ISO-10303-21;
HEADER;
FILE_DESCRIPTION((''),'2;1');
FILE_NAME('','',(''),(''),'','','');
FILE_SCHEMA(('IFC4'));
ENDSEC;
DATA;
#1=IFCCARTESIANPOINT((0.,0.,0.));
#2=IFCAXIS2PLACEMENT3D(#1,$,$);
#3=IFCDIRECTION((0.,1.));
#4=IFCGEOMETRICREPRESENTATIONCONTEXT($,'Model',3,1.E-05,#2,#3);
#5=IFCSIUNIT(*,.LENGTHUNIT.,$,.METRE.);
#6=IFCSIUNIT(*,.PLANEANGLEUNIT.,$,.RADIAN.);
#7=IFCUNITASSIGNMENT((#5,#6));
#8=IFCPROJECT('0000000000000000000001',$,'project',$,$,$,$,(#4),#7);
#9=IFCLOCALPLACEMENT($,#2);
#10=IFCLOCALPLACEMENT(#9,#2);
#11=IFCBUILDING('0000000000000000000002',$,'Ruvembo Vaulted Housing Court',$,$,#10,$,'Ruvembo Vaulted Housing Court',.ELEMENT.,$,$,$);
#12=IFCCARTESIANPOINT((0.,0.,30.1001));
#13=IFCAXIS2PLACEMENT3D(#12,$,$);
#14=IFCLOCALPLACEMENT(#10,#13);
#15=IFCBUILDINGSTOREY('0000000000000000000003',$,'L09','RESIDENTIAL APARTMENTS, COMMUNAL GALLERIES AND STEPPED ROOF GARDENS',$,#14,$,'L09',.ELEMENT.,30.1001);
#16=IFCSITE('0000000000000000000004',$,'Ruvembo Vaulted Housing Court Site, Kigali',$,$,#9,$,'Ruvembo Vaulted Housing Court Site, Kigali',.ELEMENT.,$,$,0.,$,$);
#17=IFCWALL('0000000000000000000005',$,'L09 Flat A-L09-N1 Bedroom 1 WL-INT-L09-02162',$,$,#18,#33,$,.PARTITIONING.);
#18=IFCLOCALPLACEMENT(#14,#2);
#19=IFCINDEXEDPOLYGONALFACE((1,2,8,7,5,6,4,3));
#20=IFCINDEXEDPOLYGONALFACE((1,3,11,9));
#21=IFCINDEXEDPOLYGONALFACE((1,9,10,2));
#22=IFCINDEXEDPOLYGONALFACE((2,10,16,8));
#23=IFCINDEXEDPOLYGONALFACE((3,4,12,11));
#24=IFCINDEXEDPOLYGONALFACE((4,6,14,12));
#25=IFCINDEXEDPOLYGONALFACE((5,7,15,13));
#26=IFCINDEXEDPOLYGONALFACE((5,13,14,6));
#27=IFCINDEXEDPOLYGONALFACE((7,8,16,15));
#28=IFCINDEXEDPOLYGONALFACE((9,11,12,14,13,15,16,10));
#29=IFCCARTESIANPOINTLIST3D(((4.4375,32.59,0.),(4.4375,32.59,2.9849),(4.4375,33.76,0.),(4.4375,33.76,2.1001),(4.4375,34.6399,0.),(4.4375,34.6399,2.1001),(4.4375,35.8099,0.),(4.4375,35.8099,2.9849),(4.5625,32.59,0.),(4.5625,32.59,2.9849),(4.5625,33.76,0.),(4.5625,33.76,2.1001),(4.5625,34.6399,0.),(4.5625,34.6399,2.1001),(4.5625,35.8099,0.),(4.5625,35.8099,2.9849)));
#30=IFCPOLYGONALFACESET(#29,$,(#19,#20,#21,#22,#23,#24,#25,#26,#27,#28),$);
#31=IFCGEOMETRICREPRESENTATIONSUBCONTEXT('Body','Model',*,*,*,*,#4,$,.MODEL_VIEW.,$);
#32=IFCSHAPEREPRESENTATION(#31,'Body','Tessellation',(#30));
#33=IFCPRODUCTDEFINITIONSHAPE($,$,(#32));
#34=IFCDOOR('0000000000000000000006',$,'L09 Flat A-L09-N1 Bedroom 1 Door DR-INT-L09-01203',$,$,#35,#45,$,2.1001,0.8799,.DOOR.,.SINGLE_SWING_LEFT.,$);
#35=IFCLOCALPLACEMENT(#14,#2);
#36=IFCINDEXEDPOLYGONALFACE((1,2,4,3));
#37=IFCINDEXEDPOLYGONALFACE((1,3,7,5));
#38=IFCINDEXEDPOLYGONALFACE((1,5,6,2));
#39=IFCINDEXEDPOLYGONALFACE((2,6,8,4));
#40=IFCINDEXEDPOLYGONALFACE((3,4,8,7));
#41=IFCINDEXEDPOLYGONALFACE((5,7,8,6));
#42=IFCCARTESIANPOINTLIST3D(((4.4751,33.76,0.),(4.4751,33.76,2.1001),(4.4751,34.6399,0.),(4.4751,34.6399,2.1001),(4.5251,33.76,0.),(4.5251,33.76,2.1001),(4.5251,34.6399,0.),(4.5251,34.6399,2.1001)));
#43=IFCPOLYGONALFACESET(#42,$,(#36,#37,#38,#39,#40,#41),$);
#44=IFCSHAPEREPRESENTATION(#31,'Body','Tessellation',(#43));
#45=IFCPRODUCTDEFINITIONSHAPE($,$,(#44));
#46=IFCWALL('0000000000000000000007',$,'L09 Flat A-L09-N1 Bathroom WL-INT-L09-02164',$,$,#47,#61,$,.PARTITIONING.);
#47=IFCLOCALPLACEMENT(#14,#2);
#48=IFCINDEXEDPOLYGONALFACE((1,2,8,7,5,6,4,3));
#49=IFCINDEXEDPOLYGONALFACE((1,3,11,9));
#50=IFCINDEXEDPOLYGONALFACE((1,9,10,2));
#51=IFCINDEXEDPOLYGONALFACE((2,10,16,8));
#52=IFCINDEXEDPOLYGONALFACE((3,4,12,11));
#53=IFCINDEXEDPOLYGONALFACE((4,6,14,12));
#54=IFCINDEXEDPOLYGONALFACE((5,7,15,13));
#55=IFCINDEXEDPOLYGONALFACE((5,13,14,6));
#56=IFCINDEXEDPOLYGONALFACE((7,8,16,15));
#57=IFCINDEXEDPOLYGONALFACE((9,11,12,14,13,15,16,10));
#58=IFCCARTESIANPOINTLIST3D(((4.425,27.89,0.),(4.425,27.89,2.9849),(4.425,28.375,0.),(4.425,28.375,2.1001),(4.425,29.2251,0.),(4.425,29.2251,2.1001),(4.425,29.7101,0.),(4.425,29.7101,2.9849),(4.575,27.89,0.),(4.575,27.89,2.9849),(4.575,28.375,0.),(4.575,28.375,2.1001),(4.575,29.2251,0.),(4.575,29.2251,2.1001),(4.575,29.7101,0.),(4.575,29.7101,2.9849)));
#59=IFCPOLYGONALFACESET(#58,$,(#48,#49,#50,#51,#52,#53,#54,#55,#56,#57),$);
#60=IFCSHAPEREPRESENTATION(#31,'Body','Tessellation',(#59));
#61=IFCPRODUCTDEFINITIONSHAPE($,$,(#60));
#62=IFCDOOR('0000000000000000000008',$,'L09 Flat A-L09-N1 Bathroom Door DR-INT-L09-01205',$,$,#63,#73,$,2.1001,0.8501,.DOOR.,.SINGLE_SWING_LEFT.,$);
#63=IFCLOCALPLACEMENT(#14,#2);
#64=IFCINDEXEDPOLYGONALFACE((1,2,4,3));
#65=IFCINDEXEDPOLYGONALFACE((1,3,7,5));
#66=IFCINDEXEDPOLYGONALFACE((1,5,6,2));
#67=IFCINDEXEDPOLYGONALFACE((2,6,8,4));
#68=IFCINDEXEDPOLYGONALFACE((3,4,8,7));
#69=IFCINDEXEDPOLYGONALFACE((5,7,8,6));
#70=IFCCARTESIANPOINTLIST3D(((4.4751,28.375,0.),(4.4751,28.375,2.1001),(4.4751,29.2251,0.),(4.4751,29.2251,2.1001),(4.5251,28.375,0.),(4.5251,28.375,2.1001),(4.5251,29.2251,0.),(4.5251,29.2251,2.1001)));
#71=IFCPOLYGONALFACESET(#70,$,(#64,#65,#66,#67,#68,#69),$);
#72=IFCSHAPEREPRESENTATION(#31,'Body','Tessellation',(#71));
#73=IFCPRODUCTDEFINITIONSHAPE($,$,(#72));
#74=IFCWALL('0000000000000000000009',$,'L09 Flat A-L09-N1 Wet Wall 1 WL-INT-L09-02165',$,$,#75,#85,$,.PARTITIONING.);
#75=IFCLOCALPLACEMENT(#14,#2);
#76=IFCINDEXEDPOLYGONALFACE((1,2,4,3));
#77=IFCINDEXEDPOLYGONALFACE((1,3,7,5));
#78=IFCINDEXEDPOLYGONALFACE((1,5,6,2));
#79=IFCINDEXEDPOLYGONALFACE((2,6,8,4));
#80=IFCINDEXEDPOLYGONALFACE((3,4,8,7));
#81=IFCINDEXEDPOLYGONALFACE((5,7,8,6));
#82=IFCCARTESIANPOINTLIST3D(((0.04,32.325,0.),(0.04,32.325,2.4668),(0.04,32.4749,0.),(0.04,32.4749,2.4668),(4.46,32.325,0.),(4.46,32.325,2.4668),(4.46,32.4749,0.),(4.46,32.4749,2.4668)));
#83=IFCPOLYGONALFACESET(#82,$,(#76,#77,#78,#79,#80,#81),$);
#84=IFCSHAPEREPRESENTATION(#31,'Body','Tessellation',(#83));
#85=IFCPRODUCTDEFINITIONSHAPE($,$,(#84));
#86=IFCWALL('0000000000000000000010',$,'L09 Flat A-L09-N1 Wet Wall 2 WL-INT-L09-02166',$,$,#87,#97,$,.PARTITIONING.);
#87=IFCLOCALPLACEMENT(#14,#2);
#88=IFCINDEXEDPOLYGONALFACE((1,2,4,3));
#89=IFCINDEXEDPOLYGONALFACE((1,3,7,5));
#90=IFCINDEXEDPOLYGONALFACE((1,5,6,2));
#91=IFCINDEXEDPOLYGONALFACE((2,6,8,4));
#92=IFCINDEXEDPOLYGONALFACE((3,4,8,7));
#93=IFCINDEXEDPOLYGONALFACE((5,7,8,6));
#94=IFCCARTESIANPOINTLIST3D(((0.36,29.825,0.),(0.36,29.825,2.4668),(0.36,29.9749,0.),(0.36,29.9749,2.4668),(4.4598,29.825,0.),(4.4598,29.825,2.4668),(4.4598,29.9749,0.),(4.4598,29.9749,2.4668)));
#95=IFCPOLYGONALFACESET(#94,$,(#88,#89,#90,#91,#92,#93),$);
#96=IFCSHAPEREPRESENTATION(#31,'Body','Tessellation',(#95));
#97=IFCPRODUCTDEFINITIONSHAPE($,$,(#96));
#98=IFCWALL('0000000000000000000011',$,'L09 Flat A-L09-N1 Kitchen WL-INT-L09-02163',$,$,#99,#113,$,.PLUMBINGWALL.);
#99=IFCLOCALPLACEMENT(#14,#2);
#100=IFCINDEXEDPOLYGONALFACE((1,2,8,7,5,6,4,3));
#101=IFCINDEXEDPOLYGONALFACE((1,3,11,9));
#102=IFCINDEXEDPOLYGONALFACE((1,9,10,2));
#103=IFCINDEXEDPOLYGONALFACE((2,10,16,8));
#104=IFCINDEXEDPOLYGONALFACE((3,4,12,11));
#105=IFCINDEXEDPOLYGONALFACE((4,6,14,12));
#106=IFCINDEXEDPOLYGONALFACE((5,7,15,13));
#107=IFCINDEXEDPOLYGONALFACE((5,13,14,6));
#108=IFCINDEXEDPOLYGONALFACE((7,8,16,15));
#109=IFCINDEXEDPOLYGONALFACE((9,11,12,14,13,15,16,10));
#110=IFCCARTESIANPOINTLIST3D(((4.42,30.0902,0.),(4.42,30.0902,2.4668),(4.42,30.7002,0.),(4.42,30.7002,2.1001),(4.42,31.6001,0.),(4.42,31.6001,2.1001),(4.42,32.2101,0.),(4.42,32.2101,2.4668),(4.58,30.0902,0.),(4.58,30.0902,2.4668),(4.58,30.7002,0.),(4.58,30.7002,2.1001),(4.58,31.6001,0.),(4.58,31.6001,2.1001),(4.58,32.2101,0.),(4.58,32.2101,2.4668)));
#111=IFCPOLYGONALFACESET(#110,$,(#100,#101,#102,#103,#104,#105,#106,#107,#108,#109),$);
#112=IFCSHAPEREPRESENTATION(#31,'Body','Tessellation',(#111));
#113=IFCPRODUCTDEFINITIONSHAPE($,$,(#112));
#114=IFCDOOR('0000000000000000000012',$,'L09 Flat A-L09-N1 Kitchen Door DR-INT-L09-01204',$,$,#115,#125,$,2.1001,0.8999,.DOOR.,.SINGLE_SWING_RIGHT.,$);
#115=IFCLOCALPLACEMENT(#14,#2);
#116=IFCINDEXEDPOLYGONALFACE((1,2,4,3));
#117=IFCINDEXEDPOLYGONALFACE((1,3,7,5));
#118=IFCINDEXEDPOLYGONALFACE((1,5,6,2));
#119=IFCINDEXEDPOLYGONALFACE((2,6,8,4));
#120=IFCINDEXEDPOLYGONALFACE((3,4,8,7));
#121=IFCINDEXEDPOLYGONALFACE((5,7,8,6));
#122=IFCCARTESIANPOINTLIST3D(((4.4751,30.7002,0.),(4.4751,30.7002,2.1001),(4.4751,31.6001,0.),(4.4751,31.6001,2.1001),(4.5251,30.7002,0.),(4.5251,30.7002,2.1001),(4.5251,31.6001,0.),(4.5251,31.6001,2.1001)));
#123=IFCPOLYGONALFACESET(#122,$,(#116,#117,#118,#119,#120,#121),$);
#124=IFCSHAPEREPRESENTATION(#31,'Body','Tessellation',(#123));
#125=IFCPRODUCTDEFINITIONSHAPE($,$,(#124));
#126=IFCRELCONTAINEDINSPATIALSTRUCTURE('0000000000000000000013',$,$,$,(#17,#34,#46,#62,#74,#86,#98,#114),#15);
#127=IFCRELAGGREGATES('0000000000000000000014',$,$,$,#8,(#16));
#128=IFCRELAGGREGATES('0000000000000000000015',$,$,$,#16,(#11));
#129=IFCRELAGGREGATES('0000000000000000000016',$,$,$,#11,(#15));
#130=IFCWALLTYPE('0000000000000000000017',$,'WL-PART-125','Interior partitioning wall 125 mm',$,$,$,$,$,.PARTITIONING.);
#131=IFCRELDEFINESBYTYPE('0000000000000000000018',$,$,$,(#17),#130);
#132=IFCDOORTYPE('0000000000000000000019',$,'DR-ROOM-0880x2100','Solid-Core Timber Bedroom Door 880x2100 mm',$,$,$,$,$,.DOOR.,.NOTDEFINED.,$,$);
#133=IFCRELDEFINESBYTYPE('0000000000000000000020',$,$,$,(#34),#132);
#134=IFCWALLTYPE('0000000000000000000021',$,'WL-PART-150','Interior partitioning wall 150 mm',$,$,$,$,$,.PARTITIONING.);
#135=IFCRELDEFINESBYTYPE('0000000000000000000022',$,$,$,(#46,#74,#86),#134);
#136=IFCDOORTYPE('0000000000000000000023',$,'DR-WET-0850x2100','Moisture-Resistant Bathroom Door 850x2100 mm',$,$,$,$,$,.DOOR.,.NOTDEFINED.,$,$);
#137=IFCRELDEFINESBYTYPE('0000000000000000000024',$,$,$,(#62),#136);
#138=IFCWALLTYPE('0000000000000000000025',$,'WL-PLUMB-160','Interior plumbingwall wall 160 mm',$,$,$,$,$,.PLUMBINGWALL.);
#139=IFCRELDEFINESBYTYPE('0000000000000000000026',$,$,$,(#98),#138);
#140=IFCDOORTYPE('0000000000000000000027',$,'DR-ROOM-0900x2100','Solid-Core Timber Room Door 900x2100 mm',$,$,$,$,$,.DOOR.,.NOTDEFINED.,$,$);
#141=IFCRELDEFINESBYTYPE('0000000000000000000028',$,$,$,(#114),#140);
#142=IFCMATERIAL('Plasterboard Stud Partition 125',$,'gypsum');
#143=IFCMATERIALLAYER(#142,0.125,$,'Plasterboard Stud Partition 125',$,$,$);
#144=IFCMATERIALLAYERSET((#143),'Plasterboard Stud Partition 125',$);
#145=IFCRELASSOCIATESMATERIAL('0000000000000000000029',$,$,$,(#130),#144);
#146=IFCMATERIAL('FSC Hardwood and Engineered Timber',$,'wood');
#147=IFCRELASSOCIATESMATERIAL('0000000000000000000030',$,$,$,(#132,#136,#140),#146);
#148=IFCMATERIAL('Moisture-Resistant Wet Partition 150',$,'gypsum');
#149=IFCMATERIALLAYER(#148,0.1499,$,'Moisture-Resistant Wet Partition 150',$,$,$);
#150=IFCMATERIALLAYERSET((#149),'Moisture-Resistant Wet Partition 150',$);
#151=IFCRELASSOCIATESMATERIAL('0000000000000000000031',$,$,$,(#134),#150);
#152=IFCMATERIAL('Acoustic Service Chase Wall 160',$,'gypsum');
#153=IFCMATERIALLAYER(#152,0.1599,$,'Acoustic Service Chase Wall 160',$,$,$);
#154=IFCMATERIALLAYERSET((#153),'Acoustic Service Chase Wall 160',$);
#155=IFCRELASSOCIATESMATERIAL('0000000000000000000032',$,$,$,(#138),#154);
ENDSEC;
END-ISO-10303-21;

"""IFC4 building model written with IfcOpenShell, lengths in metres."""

from ifc_helpers import new_model, si_unit, direction, frame, frame_2d, origin, place, context, subcontext, project, spatial, rectangle, extrude, material, layer, layer_set, type_object, element, fill, save


model = new_model("IFC4")

# Units and contexts
model_context = context("Model", 3, precision=1e-05, world=origin(), true_north=direction((0.0, 1.0)))
body_context = subcontext(model_context, "Body", "Model", "MODEL_VIEW")
ifc_project = project(units=[si_unit("LENGTHUNIT", "METRE"), si_unit("PLANEANGLEUNIT", "RADIAN")], contexts=[model_context])

# Site, building, storey
site_placement = place(None, origin())
site = spatial("IfcSite", under=ifc_project, at=site_placement, Name="Ruvembo Vaulted Housing Court Site, Kigali", LongName="Ruvembo Vaulted Housing Court Site, Kigali", CompositionType="ELEMENT", RefElevation=0.0)
building_placement = place(site_placement, origin())
building = spatial("IfcBuilding", under=site, at=building_placement, Name="Ruvembo Vaulted Housing Court", LongName="Ruvembo Vaulted Housing Court", CompositionType="ELEMENT")
storey_placement = place(building_placement, frame((0.0, 0.0, 30.1001)))
storey = spatial("IfcBuildingStorey", under=building, at=storey_placement, Name="L09", Description="RESIDENTIAL APARTMENTS, COMMUNAL GALLERIES AND STEPPED ROOF GARDENS", LongName="L09", CompositionType="ELEMENT", Elevation=30.1001)

# Walls, openings, doors
ifc_material_1 = material(Name="Plasterboard Stud Partition 125", Category="gypsum")
ifc_layer_1 = layer(ifc_material_1, 0.125, Name="Plasterboard Stud Partition 125")
ifc_layer_set_1 = layer_set([ifc_layer_1], Name="Plasterboard Stud Partition 125")
wall_type_1 = type_object("IfcWallType", Name="WL-PART-125", Description="Interior partitioning wall 125 mm", PredefinedType="PARTITIONING", material=ifc_layer_set_1)
wall_1_placement = place(storey_placement, frame((4.5, 32.5901, 0.0), z_axis=(0.0, 0.0, 1.0), x_axis=(0.0, 1.0, 0.0)))
wall_1 = element("IfcWall", 1, at=wall_1_placement, inside=storey, type_object=wall_type_1, Name="L09 Flat A-L09-N1 Bedroom 1 WL-INT-L09-02162", PredefinedType="PARTITIONING", context=body_context, shape_type="SweptSolid", body=[
    extrude(rectangle(XDim=3.22, YDim=0.125, at=frame_2d((1.6099, 0.0))), origin(), (0.0, 0.0, 1.0), 2.9849),
])
opening_1_placement = place(wall_1_placement, frame((1.1699, 0.0, 0.0)))
opening_1 = element("IfcOpeningElement", 2, at=opening_1_placement, cuts=wall_1, PredefinedType="OPENING", context=body_context, shape_type="SweptSolid", body=[
    extrude(rectangle(XDim=0.8799, YDim=2.1001, at=frame_2d((0.4399, 1.05))), frame((0.0, 0.0725, 0.0), z_axis=(0.0, -1.0, 0.0), x_axis=(1.0, 0.0, 0.0)), (0.0, 0.0, 1.0), 0.145),
])
ifc_material_2 = material(Name="FSC Hardwood and Engineered Timber", Category="wood")
door_type_1 = type_object("IfcDoorType", Name="DR-ROOM-0880x2100", Description="Solid-Core Timber Bedroom Door 880x2100 mm", OperationType="NOTDEFINED", PredefinedType="DOOR", material=ifc_material_2)
door_1_placement = place(opening_1_placement, origin())
door_1 = element("IfcDoor", 3, at=door_1_placement, inside=storey, type_object=door_type_1, Name="L09 Flat A-L09-N1 Bedroom 1 Door DR-INT-L09-01203", OperationType="SINGLE_SWING_LEFT", OverallHeight=2.1001, OverallWidth=0.8799, PredefinedType="DOOR", context=body_context, shape_type="SweptSolid", body=[
    extrude(rectangle(XDim=0.8799, YDim=2.1001, at=frame_2d((0.4399, 1.05))), frame((0.0, 0.0249, 0.0), z_axis=(0.0, -1.0, 0.0), x_axis=(1.0, 0.0, 0.0)), (0.0, 0.0, 1.0), 0.05),
])
fill(opening_1, door_1)
ifc_material_3 = material(Name="Moisture-Resistant Wet Partition 150", Category="gypsum")
ifc_layer_2 = layer(ifc_material_3, 0.1499, Name="Moisture-Resistant Wet Partition 150")
ifc_layer_set_2 = layer_set([ifc_layer_2], Name="Moisture-Resistant Wet Partition 150")
wall_type_2 = type_object("IfcWallType", Name="WL-PART-150", Description="Interior partitioning wall 150 mm", PredefinedType="PARTITIONING", material=ifc_layer_set_2)
wall_2_placement = place(storey_placement, frame((4.5, 27.8899, 0.0), z_axis=(0.0, 0.0, 1.0), x_axis=(0.0, 1.0, 0.0)))
wall_2 = element("IfcWall", 4, at=wall_2_placement, inside=storey, type_object=wall_type_2, Name="L09 Flat A-L09-N1 Bathroom WL-INT-L09-02164", PredefinedType="PARTITIONING", context=body_context, shape_type="SweptSolid", body=[
    extrude(rectangle(XDim=1.8201, YDim=0.1499, at=frame_2d((0.9102, 0.0))), origin(), (0.0, 0.0, 1.0), 2.9849),
])
opening_2_placement = place(wall_2_placement, frame((0.4851, 0.0, 0.0)))
opening_2 = element("IfcOpeningElement", 5, at=opening_2_placement, cuts=wall_2, PredefinedType="OPENING", context=body_context, shape_type="SweptSolid", body=[
    extrude(rectangle(XDim=0.8501, YDim=2.1001, at=frame_2d((0.425, 1.05))), frame((0.0, 0.085, 0.0), z_axis=(0.0, -1.0, 0.0), x_axis=(1.0, 0.0, 0.0)), (0.0, 0.0, 1.0), 0.1699),
])
door_type_2 = type_object("IfcDoorType", Name="DR-WET-0850x2100", Description="Moisture-Resistant Bathroom Door 850x2100 mm", OperationType="NOTDEFINED", PredefinedType="DOOR", material=ifc_material_2)
door_2_placement = place(opening_2_placement, origin())
door_2 = element("IfcDoor", 6, at=door_2_placement, inside=storey, type_object=door_type_2, Name="L09 Flat A-L09-N1 Bathroom Door DR-INT-L09-01205", OperationType="SINGLE_SWING_LEFT", OverallHeight=2.1001, OverallWidth=0.8501, PredefinedType="DOOR", context=body_context, shape_type="SweptSolid", body=[
    extrude(rectangle(XDim=0.8501, YDim=2.1001, at=frame_2d((0.425, 1.05))), frame((0.0, 0.0249, 0.0), z_axis=(0.0, -1.0, 0.0), x_axis=(1.0, 0.0, 0.0)), (0.0, 0.0, 1.0), 0.05),
])
fill(opening_2, door_2)

# Walls
wall_3_placement = place(storey_placement, frame((0.04, 32.3999, 0.0), z_axis=(0.0, 0.0, 1.0), x_axis=(1.0, 0.0, 0.0)))
element("IfcWall", 7, at=wall_3_placement, inside=storey, type_object=wall_type_2, Name="L09 Flat A-L09-N1 Wet Wall 1 WL-INT-L09-02165", PredefinedType="PARTITIONING", context=body_context, shape_type="SweptSolid", body=[
    extrude(rectangle(XDim=4.4199, YDim=0.1499, at=frame_2d((2.21, 0.0))), origin(), (0.0, 0.0, 1.0), 2.4668),
])
wall_4_placement = place(storey_placement, frame((0.3601, 29.8999, 0.0), z_axis=(0.0, 0.0, 1.0), x_axis=(1.0, 0.0, 0.0)))
element("IfcWall", 8, at=wall_4_placement, inside=storey, type_object=wall_type_2, Name="L09 Flat A-L09-N1 Wet Wall 2 WL-INT-L09-02166", PredefinedType="PARTITIONING", context=body_context, shape_type="SweptSolid", body=[
    extrude(rectangle(XDim=4.0999, YDim=0.1499, at=frame_2d((2.0498, 0.0))), origin(), (0.0, 0.0, 1.0), 2.4668),
])

# Wall, opening, door
ifc_material_4 = material(Name="Acoustic Service Chase Wall 160", Category="gypsum")
ifc_layer_3 = layer(ifc_material_4, 0.1599, Name="Acoustic Service Chase Wall 160")
ifc_layer_set_3 = layer_set([ifc_layer_3], Name="Acoustic Service Chase Wall 160")
wall_type_3 = type_object("IfcWallType", Name="WL-PLUMB-160", Description="Interior plumbingwall wall 160 mm", PredefinedType="PLUMBINGWALL", material=ifc_layer_set_3)
wall_5_placement = place(storey_placement, frame((4.5, 30.0901, 0.0), z_axis=(0.0, 0.0, 1.0), x_axis=(0.0, 1.0, 0.0)))
wall_5 = element("IfcWall", 9, at=wall_5_placement, inside=storey, type_object=wall_type_3, Name="L09 Flat A-L09-N1 Kitchen WL-INT-L09-02163", PredefinedType="PLUMBINGWALL", context=body_context, shape_type="SweptSolid", body=[
    extrude(rectangle(XDim=2.1199, YDim=0.1599, at=frame_2d((1.0601, 0.0))), origin(), (0.0, 0.0, 1.0), 2.4668),
])
opening_3_placement = place(wall_5_placement, frame((0.6101, 0.0, 0.0)))
opening_3 = element("IfcOpeningElement", 10, at=opening_3_placement, cuts=wall_5, PredefinedType="OPENING", context=body_context, shape_type="SweptSolid", body=[
    extrude(rectangle(XDim=0.8999, YDim=2.1001, at=frame_2d((0.45, 1.05))), frame((0.0, 0.0898, 0.0), z_axis=(0.0, -1.0, 0.0), x_axis=(1.0, 0.0, 0.0)), (0.0, 0.0, 1.0), 0.1799),
])
door_type_3 = type_object("IfcDoorType", Name="DR-ROOM-0900x2100", Description="Solid-Core Timber Room Door 900x2100 mm", OperationType="NOTDEFINED", PredefinedType="DOOR", material=ifc_material_2)
door_3_placement = place(opening_3_placement, origin())
door_3 = element("IfcDoor", 11, at=door_3_placement, inside=storey, type_object=door_type_3, Name="L09 Flat A-L09-N1 Kitchen Door DR-INT-L09-01204", OperationType="SINGLE_SWING_RIGHT", OverallHeight=2.1001, OverallWidth=0.8999, PredefinedType="DOOR", context=body_context, shape_type="SweptSolid", body=[
    extrude(rectangle(XDim=0.8999, YDim=2.1001, at=frame_2d((0.45, 1.05))), frame((0.0, 0.0249, 0.0), z_axis=(0.0, -1.0, 0.0), x_axis=(1.0, 0.0, 0.0)), (0.0, 0.0, 1.0), 0.05),
])
fill(opening_3, door_3)

save(model, "model.ifc")
